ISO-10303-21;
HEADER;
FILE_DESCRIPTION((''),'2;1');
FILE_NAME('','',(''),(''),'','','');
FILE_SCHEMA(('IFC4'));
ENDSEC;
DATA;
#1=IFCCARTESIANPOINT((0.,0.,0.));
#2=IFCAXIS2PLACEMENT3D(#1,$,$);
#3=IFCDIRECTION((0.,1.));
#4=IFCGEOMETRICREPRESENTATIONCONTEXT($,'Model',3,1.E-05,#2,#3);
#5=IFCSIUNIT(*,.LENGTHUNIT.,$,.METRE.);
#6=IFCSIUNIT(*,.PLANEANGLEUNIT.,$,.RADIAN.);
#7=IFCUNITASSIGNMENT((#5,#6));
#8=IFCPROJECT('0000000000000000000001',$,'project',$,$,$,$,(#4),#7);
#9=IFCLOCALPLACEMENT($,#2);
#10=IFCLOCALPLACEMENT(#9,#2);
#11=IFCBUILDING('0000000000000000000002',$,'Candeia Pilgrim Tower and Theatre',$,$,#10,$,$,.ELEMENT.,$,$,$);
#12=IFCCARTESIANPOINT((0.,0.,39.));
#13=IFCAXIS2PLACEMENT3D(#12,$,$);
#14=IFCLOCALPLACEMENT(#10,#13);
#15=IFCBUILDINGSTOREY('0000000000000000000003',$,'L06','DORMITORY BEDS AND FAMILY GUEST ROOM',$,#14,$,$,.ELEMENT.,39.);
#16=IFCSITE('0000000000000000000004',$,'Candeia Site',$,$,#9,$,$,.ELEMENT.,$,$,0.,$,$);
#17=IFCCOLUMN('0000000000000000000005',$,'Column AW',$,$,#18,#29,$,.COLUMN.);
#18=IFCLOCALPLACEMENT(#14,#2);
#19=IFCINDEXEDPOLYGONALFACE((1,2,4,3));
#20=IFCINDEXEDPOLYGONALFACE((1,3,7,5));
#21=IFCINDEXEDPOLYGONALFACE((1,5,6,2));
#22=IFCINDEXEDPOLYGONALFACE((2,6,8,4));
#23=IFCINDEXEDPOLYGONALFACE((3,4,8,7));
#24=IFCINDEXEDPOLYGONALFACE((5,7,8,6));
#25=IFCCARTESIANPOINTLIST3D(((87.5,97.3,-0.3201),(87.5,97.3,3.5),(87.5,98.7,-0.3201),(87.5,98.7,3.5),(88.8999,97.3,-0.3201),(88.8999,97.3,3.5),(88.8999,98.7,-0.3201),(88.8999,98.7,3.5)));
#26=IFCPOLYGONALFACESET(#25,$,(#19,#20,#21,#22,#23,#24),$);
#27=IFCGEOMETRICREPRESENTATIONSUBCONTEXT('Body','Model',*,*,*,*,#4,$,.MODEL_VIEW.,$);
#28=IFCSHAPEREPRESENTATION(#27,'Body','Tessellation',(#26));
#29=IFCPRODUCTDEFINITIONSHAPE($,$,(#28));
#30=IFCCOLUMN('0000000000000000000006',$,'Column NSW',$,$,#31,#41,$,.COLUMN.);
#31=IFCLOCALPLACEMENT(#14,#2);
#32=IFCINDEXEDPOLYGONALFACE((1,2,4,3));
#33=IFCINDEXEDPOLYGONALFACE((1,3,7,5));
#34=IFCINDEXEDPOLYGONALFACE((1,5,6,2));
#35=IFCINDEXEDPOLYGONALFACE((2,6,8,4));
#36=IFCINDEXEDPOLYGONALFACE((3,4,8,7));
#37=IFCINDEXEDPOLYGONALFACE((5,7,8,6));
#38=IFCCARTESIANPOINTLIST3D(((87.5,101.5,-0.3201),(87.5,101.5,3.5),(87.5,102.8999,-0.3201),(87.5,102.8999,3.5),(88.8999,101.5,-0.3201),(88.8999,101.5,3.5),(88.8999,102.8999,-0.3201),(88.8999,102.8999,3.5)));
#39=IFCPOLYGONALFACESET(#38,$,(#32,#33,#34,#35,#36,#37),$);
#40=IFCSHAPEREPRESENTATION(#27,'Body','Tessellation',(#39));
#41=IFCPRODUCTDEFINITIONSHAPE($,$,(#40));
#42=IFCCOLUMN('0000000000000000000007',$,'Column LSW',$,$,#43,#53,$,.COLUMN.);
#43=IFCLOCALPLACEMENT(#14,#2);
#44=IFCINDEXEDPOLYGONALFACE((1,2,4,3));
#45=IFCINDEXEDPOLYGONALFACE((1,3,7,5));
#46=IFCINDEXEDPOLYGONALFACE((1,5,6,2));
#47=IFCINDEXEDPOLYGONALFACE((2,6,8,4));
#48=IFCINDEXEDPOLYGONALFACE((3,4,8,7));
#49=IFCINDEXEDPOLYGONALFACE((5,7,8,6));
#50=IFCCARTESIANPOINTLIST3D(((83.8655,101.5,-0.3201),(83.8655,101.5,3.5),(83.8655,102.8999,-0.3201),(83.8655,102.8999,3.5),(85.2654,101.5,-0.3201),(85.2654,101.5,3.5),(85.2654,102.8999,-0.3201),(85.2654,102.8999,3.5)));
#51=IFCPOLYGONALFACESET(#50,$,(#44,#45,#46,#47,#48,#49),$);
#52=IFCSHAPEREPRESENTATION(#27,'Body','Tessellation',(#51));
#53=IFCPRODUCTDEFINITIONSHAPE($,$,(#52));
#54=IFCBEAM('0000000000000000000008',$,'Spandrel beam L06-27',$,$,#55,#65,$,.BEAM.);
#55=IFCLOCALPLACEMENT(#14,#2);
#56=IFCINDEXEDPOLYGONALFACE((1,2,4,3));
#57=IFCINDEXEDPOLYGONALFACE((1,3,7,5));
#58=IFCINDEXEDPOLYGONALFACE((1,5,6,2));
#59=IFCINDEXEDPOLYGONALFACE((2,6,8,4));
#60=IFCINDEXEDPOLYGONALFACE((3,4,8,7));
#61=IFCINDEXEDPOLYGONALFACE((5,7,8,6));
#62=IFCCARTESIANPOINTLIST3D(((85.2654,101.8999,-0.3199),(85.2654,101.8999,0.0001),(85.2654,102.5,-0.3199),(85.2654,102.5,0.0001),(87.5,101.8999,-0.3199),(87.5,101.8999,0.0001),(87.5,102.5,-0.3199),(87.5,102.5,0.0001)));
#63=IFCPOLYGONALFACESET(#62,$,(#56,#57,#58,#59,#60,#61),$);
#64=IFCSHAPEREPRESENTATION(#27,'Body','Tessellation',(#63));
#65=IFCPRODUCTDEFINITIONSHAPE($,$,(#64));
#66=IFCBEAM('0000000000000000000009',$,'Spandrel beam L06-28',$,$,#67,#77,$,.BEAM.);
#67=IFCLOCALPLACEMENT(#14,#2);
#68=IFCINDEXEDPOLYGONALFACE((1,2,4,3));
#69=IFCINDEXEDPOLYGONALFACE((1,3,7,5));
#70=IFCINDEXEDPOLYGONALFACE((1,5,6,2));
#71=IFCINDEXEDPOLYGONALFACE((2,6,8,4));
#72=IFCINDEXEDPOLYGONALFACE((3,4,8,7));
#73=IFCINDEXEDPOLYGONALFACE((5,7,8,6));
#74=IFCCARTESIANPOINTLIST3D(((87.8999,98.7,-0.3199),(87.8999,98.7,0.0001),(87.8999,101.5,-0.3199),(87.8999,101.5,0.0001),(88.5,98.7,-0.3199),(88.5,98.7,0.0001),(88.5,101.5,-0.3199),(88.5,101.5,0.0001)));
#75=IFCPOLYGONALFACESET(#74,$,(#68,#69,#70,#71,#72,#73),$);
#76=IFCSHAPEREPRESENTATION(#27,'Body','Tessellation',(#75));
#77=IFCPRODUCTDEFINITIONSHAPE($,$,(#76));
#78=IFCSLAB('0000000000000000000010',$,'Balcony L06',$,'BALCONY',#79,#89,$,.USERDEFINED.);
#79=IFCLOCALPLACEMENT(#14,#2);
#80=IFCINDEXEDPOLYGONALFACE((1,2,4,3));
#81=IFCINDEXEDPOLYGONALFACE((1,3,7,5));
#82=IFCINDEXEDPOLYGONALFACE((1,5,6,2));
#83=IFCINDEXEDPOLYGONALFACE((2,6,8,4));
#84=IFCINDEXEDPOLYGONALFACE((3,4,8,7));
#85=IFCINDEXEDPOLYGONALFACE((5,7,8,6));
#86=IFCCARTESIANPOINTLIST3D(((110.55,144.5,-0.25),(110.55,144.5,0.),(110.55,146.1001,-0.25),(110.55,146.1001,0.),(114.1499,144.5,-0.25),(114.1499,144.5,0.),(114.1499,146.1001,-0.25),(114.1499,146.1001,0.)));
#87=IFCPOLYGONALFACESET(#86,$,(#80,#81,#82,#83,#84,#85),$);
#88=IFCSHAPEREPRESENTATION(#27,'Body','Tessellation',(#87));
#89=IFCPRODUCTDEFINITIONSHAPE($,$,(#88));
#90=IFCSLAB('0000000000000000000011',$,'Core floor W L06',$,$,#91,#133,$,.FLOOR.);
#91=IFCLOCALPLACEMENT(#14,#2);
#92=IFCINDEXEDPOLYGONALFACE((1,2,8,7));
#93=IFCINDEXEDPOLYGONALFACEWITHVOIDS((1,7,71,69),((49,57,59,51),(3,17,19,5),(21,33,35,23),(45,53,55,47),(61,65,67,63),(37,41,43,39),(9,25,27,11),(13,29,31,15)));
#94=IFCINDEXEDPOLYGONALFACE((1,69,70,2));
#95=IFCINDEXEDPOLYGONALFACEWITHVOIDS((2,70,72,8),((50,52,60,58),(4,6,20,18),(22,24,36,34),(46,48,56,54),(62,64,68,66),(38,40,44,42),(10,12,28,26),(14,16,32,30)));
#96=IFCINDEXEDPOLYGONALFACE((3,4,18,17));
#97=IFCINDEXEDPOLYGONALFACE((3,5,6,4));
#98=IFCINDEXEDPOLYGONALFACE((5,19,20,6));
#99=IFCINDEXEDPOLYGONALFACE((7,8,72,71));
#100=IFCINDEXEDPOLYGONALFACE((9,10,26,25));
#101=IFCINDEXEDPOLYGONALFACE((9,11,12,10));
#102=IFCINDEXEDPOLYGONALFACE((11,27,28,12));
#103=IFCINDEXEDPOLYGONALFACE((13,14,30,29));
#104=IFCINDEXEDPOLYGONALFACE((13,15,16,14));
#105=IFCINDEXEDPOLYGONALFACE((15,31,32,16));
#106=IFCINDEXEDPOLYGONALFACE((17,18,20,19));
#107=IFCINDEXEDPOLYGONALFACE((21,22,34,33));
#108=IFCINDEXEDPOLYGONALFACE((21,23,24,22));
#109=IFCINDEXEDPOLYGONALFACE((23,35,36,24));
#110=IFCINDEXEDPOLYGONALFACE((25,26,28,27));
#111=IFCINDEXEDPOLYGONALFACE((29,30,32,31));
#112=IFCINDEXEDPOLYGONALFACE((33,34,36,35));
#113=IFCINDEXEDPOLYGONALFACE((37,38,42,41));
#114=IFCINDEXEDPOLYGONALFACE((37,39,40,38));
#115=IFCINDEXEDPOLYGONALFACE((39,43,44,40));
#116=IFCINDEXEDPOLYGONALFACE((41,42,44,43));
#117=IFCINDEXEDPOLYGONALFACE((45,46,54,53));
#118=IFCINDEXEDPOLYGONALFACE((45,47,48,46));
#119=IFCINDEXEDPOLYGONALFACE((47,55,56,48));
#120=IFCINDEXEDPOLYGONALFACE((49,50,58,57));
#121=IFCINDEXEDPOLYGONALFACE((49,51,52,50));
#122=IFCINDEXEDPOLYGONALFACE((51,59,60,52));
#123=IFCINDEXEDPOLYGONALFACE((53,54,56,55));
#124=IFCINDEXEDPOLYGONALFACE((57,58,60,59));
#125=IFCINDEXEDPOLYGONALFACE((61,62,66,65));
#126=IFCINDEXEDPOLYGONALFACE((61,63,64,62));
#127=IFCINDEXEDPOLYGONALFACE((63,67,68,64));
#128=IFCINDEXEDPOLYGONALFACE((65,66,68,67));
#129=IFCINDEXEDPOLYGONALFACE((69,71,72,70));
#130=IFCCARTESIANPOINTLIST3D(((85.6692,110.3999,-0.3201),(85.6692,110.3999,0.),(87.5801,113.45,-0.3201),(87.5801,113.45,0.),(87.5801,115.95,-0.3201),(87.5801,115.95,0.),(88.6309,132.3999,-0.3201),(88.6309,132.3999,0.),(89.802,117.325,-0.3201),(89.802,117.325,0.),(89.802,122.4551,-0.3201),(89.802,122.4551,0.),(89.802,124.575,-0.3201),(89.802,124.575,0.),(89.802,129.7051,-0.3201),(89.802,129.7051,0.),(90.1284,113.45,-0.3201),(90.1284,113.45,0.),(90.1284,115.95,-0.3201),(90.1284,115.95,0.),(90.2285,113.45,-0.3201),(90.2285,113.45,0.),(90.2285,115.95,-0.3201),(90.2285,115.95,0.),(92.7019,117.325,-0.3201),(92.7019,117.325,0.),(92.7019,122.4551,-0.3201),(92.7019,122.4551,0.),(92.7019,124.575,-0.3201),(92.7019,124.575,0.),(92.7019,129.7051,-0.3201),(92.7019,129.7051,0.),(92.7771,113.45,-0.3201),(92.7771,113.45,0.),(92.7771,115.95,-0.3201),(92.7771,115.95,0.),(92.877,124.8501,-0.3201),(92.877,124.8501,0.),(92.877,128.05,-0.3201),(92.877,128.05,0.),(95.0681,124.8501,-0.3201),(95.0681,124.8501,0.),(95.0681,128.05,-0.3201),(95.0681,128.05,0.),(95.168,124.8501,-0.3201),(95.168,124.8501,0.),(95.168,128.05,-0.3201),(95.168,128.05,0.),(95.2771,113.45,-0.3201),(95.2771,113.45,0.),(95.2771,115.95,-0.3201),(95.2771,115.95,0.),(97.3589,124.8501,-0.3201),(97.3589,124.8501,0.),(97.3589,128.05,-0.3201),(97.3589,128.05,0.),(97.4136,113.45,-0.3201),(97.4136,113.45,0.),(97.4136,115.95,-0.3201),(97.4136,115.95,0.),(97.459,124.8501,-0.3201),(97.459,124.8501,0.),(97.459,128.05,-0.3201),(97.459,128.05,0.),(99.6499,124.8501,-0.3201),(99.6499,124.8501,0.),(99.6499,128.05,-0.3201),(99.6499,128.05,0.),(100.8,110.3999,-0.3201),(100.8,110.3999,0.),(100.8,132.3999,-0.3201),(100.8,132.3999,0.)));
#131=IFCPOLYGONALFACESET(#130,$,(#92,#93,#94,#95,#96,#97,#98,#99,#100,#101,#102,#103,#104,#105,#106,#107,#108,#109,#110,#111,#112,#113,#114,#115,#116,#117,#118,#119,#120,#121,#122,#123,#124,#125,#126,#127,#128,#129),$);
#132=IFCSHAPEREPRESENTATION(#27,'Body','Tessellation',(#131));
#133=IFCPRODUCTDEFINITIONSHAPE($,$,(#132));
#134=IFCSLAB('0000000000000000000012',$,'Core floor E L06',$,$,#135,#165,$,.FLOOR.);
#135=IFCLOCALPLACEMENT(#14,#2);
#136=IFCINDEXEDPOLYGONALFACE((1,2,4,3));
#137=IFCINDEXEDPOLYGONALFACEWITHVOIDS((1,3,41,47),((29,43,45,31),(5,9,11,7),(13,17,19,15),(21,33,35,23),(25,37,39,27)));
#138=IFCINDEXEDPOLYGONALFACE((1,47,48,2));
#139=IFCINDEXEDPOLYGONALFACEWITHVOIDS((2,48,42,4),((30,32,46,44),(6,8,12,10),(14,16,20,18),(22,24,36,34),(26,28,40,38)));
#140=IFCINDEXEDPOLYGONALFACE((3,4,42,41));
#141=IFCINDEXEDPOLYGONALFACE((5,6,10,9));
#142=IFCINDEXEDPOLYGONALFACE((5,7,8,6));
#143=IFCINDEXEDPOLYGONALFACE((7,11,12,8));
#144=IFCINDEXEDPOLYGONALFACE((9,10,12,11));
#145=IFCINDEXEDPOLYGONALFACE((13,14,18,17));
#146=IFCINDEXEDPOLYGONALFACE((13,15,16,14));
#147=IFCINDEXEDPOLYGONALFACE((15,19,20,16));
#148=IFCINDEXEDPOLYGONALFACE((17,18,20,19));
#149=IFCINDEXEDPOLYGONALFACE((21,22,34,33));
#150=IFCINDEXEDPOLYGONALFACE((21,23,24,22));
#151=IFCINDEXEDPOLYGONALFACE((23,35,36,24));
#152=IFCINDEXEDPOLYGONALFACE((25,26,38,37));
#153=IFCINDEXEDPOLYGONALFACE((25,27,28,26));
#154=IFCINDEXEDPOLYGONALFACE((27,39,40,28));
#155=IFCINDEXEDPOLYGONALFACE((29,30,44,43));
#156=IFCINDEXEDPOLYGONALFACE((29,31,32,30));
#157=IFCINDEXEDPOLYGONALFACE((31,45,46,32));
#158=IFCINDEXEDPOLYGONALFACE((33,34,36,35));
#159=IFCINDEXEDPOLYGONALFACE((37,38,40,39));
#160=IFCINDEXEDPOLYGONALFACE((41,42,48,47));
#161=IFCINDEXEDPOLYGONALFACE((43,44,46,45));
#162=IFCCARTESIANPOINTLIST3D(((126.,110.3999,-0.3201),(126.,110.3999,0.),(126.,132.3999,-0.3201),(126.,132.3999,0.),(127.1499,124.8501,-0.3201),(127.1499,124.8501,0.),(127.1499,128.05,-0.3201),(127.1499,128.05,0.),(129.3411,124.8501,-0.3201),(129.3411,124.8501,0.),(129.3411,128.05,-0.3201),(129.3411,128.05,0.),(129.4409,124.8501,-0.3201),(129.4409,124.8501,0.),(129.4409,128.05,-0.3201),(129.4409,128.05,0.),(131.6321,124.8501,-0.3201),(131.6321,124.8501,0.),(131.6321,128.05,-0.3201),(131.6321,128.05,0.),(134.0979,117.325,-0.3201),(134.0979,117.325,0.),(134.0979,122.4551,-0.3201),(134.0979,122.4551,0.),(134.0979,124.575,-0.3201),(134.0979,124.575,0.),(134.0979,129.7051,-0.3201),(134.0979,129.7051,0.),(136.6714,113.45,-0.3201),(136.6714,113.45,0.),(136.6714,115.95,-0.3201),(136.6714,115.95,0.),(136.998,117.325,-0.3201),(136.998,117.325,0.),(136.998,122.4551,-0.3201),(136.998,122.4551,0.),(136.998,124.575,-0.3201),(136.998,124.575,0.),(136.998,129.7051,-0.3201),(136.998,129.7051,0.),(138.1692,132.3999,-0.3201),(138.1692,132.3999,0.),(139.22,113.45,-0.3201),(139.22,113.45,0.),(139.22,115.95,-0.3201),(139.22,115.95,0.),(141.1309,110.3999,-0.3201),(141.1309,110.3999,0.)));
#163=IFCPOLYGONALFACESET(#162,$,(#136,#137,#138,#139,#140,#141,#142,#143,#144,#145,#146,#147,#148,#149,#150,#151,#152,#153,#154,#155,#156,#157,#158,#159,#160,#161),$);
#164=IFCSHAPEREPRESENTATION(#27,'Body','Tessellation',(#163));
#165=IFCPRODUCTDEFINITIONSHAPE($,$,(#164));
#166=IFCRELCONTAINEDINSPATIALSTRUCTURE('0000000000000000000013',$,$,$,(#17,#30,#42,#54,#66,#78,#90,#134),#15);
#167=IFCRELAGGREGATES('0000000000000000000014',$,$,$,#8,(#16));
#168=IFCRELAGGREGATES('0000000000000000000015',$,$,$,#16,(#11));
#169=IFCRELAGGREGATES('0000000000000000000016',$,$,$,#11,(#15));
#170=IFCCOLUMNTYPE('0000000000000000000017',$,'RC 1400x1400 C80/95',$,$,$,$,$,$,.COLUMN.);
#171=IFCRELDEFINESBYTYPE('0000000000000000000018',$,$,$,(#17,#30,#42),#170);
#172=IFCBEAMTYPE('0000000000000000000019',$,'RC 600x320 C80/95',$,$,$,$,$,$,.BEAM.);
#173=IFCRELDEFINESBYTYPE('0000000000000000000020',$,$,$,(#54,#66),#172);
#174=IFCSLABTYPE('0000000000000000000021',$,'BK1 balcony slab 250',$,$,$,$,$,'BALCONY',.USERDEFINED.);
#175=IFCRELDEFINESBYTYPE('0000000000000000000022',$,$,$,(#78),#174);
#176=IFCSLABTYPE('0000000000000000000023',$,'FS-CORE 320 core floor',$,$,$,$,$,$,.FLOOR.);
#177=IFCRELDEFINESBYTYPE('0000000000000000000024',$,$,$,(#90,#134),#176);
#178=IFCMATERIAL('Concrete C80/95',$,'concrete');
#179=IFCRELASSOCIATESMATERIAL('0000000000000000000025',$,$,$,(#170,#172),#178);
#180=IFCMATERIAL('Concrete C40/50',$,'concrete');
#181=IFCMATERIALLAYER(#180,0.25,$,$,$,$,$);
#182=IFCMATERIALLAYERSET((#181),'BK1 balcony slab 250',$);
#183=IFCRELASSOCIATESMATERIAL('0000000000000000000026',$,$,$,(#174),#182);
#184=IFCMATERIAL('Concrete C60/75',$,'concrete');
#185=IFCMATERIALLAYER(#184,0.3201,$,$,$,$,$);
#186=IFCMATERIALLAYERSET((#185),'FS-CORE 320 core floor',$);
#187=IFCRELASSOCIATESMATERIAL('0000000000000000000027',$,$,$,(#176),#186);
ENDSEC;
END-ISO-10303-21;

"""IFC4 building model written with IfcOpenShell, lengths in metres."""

from ifc_helpers import new_model, si_unit, direction, frame, origin, origin_2d, place, context, subcontext, project, spatial, polyline, rectangle, outline, extrude, material, layer, layer_set, material_profile, profile_set, type_object, element, save


model = new_model("IFC4")

# Units and contexts
model_context = context("Model", 3, precision=1e-05, world=origin(), true_north=direction((0.0, 1.0)))
body_context = subcontext(model_context, "Body", "Model", "MODEL_VIEW")
ifc_project = project(units=[si_unit("LENGTHUNIT", "METRE"), si_unit("PLANEANGLEUNIT", "RADIAN")], contexts=[model_context])

# Site, building, storey
site_placement = place(None, origin())
site = spatial("IfcSite", under=ifc_project, at=site_placement, Name="Candeia Site", CompositionType="ELEMENT", RefElevation=0.0)
building_placement = place(site_placement, origin())
building = spatial("IfcBuilding", under=site, at=building_placement, Name="Candeia Pilgrim Tower and Theatre", CompositionType="ELEMENT")
storey_placement = place(building_placement, frame((0.0, 0.0, 39.0)))
storey = spatial("IfcBuildingStorey", under=building, at=storey_placement, Name="L06", Description="DORMITORY BEDS AND FAMILY GUEST ROOM", CompositionType="ELEMENT", Elevation=39.0)

# Columns
ifc_material_1 = material(Name="Concrete C80/95", Category="concrete")
ifc_material_profile_1 = material_profile(ifc_material_1, rectangle(XDim=1.3999, YDim=1.3999, at=origin_2d()))
ifc_profile_set_1 = profile_set([ifc_material_profile_1], Name="Concrete C80/95")
column_type = type_object("IfcColumnType", Name="RC 1400x1400 C80/95", PredefinedType="COLUMN", material=ifc_profile_set_1)
for number, where, z_axis, x_axis, name in (
    (1, (88.2, 98.0, -0.3201), (0.0, 0.0, 1.0), (1.0, 0.0, 0.0), "Column AW"),
    (2, (88.2, 102.2, -0.3201), (0.0, 0.0, 1.0), (1.0, 0.0, 0.0), "Column NSW"),
    (3, (84.5654, 102.2, -0.3201), (0.0, 0.0, 1.0), (1.0, 0.0, 0.0), "Column LSW"),
):
    element("IfcColumn", number, at=place(storey_placement, frame(where, z_axis=z_axis, x_axis=x_axis)), inside=storey, type_object=column_type, Name=name, PredefinedType="COLUMN", context=body_context, shape_type="SweptSolid", body=[
        extrude(rectangle(XDim=1.3999, YDim=1.3999, at=origin_2d()), origin(), (0.0, 0.0, 1.0), 3.8201),
    ])

# Beams
ifc_material_profile_2 = material_profile(ifc_material_1, rectangle(XDim=0.6001, YDim=0.3201, at=origin_2d()))
ifc_profile_set_2 = profile_set([ifc_material_profile_2], Name="Concrete C80/95")
beam_type = type_object("IfcBeamType", Name="RC 600x320 C80/95", PredefinedType="BEAM", material=ifc_profile_set_2)
beam_1_placement = place(storey_placement, frame((85.2654, 102.2, -0.1599), z_axis=(1.0, 0.0, 0.0), x_axis=(0.0, 1.0, 0.0)))
element("IfcBeam", 4, at=beam_1_placement, inside=storey, type_object=beam_type, Name="Spandrel beam L06-27", PredefinedType="BEAM", context=body_context, shape_type="SweptSolid", body=[
    extrude(rectangle(XDim=0.6001, YDim=0.3201, at=origin_2d()), origin(), (0.0, 0.0, 1.0), 2.2346),
])
beam_2_placement = place(storey_placement, frame((88.2, 101.5, -0.1599), z_axis=(0.0, -1.0, 0.0), x_axis=(1.0, 0.0, 0.0)))
element("IfcBeam", 5, at=beam_2_placement, inside=storey, type_object=beam_type, Name="Spandrel beam L06-28", PredefinedType="BEAM", context=body_context, shape_type="SweptSolid", body=[
    extrude(rectangle(XDim=0.6001, YDim=0.3201, at=origin_2d()), origin(), (0.0, 0.0, 1.0), 2.8),
])

# Slabs
ifc_material_2 = material(Name="Concrete C40/50", Category="concrete")
ifc_layer_1 = layer(ifc_material_2, 0.25)
ifc_layer_set_1 = layer_set([ifc_layer_1], Name="BK1 balcony slab 250")
slab_type_1 = type_object("IfcSlabType", Name="BK1 balcony slab 250", ElementType="BALCONY", PredefinedType="USERDEFINED", material=ifc_layer_set_1)
slab_1_placement = place(storey_placement, frame((0.0, 0.0, -0.25)))
element("IfcSlab", 6, at=slab_1_placement, inside=storey, type_object=slab_type_1, Name="Balcony L06", ObjectType="BALCONY", PredefinedType="USERDEFINED", context=body_context, shape_type="SweptSolid", body=[
    extrude(outline(polyline([(110.55, 144.5), (114.1499, 144.5), (114.1499, 146.1001), (110.55, 146.1001), (110.55, 144.5)])), origin(), (0.0, 0.0, 1.0), 0.25),
])
ifc_material_3 = material(Name="Concrete C60/75", Category="concrete")
ifc_layer_2 = layer(ifc_material_3, 0.3201)
ifc_layer_set_2 = layer_set([ifc_layer_2], Name="FS-CORE 320 core floor")
slab_type_2 = type_object("IfcSlabType", Name="FS-CORE 320 core floor", PredefinedType="FLOOR", material=ifc_layer_set_2)
slab_2_placement = place(storey_placement, frame((0.0, 0.0, -0.3201)))
element("IfcSlab", 7, at=slab_2_placement, inside=storey, type_object=slab_type_2, Name="Core floor W L06", PredefinedType="FLOOR", context=body_context, shape_type="SweptSolid", body=[
    extrude(outline(polyline([(100.8, 132.3999), (100.8, 110.3999), (85.6692, 110.3999), (88.6309, 132.3999), (100.8, 132.3999)]), holes=[polyline([(97.459, 128.05), (97.459, 124.8501), (99.6499, 124.8501), (99.6499, 128.05), (97.459, 128.05)]), polyline([(95.2771, 115.95), (95.2771, 113.45), (97.4136, 113.45), (97.4136, 115.95), (95.2771, 115.95)]), polyline([(95.168, 128.05), (95.168, 124.8501), (97.3589, 124.8501), (97.3589, 128.05), (95.168, 128.05)]), polyline([(92.877, 128.05), (92.877, 124.8501), (95.0681, 124.8501), (95.0681, 128.05), (92.877, 128.05)]), polyline([(90.2285, 115.95), (90.2285, 113.45), (92.7771, 113.45), (92.7771, 115.95), (90.2285, 115.95)]), polyline([(89.802, 122.4551), (89.802, 117.325), (92.7019, 117.325), (92.7019, 122.4551), (89.802, 122.4551)]), polyline([(89.802, 129.7051), (89.802, 124.575), (92.7019, 124.575), (92.7019, 129.7051), (89.802, 129.7051)]), polyline([(87.5801, 115.95), (87.5801, 113.45), (90.1284, 113.45), (90.1284, 115.95), (87.5801, 115.95)])]), origin(), (0.0, 0.0, 1.0), 0.3201),
])
slab_3_placement = place(storey_placement, frame((0.0, 0.0, -0.3201)))
element("IfcSlab", 8, at=slab_3_placement, inside=storey, type_object=slab_type_2, Name="Core floor E L06", PredefinedType="FLOOR", context=body_context, shape_type="SweptSolid", body=[
    extrude(outline(polyline([(138.1692, 132.3999), (141.1309, 110.3999), (126.0, 110.3999), (126.0, 132.3999), (138.1692, 132.3999)]), holes=[polyline([(136.6714, 115.95), (136.6714, 113.45), (139.22, 113.45), (139.22, 115.95), (136.6714, 115.95)]), polyline([(134.0979, 117.325), (136.998, 117.325), (136.998, 122.4551), (134.0979, 122.4551), (134.0979, 117.325)]), polyline([(134.0979, 129.7051), (134.0979, 124.575), (136.998, 124.575), (136.998, 129.7051), (134.0979, 129.7051)]), polyline([(131.6321, 128.05), (129.4409, 128.05), (129.4409, 124.8501), (131.6321, 124.8501), (131.6321, 128.05)]), polyline([(127.1499, 128.05), (127.1499, 124.8501), (129.3411, 124.8501), (129.3411, 128.05), (127.1499, 128.05)])]), origin(), (0.0, 0.0, 1.0), 0.3201),
])

save(model, "model.ifc")
